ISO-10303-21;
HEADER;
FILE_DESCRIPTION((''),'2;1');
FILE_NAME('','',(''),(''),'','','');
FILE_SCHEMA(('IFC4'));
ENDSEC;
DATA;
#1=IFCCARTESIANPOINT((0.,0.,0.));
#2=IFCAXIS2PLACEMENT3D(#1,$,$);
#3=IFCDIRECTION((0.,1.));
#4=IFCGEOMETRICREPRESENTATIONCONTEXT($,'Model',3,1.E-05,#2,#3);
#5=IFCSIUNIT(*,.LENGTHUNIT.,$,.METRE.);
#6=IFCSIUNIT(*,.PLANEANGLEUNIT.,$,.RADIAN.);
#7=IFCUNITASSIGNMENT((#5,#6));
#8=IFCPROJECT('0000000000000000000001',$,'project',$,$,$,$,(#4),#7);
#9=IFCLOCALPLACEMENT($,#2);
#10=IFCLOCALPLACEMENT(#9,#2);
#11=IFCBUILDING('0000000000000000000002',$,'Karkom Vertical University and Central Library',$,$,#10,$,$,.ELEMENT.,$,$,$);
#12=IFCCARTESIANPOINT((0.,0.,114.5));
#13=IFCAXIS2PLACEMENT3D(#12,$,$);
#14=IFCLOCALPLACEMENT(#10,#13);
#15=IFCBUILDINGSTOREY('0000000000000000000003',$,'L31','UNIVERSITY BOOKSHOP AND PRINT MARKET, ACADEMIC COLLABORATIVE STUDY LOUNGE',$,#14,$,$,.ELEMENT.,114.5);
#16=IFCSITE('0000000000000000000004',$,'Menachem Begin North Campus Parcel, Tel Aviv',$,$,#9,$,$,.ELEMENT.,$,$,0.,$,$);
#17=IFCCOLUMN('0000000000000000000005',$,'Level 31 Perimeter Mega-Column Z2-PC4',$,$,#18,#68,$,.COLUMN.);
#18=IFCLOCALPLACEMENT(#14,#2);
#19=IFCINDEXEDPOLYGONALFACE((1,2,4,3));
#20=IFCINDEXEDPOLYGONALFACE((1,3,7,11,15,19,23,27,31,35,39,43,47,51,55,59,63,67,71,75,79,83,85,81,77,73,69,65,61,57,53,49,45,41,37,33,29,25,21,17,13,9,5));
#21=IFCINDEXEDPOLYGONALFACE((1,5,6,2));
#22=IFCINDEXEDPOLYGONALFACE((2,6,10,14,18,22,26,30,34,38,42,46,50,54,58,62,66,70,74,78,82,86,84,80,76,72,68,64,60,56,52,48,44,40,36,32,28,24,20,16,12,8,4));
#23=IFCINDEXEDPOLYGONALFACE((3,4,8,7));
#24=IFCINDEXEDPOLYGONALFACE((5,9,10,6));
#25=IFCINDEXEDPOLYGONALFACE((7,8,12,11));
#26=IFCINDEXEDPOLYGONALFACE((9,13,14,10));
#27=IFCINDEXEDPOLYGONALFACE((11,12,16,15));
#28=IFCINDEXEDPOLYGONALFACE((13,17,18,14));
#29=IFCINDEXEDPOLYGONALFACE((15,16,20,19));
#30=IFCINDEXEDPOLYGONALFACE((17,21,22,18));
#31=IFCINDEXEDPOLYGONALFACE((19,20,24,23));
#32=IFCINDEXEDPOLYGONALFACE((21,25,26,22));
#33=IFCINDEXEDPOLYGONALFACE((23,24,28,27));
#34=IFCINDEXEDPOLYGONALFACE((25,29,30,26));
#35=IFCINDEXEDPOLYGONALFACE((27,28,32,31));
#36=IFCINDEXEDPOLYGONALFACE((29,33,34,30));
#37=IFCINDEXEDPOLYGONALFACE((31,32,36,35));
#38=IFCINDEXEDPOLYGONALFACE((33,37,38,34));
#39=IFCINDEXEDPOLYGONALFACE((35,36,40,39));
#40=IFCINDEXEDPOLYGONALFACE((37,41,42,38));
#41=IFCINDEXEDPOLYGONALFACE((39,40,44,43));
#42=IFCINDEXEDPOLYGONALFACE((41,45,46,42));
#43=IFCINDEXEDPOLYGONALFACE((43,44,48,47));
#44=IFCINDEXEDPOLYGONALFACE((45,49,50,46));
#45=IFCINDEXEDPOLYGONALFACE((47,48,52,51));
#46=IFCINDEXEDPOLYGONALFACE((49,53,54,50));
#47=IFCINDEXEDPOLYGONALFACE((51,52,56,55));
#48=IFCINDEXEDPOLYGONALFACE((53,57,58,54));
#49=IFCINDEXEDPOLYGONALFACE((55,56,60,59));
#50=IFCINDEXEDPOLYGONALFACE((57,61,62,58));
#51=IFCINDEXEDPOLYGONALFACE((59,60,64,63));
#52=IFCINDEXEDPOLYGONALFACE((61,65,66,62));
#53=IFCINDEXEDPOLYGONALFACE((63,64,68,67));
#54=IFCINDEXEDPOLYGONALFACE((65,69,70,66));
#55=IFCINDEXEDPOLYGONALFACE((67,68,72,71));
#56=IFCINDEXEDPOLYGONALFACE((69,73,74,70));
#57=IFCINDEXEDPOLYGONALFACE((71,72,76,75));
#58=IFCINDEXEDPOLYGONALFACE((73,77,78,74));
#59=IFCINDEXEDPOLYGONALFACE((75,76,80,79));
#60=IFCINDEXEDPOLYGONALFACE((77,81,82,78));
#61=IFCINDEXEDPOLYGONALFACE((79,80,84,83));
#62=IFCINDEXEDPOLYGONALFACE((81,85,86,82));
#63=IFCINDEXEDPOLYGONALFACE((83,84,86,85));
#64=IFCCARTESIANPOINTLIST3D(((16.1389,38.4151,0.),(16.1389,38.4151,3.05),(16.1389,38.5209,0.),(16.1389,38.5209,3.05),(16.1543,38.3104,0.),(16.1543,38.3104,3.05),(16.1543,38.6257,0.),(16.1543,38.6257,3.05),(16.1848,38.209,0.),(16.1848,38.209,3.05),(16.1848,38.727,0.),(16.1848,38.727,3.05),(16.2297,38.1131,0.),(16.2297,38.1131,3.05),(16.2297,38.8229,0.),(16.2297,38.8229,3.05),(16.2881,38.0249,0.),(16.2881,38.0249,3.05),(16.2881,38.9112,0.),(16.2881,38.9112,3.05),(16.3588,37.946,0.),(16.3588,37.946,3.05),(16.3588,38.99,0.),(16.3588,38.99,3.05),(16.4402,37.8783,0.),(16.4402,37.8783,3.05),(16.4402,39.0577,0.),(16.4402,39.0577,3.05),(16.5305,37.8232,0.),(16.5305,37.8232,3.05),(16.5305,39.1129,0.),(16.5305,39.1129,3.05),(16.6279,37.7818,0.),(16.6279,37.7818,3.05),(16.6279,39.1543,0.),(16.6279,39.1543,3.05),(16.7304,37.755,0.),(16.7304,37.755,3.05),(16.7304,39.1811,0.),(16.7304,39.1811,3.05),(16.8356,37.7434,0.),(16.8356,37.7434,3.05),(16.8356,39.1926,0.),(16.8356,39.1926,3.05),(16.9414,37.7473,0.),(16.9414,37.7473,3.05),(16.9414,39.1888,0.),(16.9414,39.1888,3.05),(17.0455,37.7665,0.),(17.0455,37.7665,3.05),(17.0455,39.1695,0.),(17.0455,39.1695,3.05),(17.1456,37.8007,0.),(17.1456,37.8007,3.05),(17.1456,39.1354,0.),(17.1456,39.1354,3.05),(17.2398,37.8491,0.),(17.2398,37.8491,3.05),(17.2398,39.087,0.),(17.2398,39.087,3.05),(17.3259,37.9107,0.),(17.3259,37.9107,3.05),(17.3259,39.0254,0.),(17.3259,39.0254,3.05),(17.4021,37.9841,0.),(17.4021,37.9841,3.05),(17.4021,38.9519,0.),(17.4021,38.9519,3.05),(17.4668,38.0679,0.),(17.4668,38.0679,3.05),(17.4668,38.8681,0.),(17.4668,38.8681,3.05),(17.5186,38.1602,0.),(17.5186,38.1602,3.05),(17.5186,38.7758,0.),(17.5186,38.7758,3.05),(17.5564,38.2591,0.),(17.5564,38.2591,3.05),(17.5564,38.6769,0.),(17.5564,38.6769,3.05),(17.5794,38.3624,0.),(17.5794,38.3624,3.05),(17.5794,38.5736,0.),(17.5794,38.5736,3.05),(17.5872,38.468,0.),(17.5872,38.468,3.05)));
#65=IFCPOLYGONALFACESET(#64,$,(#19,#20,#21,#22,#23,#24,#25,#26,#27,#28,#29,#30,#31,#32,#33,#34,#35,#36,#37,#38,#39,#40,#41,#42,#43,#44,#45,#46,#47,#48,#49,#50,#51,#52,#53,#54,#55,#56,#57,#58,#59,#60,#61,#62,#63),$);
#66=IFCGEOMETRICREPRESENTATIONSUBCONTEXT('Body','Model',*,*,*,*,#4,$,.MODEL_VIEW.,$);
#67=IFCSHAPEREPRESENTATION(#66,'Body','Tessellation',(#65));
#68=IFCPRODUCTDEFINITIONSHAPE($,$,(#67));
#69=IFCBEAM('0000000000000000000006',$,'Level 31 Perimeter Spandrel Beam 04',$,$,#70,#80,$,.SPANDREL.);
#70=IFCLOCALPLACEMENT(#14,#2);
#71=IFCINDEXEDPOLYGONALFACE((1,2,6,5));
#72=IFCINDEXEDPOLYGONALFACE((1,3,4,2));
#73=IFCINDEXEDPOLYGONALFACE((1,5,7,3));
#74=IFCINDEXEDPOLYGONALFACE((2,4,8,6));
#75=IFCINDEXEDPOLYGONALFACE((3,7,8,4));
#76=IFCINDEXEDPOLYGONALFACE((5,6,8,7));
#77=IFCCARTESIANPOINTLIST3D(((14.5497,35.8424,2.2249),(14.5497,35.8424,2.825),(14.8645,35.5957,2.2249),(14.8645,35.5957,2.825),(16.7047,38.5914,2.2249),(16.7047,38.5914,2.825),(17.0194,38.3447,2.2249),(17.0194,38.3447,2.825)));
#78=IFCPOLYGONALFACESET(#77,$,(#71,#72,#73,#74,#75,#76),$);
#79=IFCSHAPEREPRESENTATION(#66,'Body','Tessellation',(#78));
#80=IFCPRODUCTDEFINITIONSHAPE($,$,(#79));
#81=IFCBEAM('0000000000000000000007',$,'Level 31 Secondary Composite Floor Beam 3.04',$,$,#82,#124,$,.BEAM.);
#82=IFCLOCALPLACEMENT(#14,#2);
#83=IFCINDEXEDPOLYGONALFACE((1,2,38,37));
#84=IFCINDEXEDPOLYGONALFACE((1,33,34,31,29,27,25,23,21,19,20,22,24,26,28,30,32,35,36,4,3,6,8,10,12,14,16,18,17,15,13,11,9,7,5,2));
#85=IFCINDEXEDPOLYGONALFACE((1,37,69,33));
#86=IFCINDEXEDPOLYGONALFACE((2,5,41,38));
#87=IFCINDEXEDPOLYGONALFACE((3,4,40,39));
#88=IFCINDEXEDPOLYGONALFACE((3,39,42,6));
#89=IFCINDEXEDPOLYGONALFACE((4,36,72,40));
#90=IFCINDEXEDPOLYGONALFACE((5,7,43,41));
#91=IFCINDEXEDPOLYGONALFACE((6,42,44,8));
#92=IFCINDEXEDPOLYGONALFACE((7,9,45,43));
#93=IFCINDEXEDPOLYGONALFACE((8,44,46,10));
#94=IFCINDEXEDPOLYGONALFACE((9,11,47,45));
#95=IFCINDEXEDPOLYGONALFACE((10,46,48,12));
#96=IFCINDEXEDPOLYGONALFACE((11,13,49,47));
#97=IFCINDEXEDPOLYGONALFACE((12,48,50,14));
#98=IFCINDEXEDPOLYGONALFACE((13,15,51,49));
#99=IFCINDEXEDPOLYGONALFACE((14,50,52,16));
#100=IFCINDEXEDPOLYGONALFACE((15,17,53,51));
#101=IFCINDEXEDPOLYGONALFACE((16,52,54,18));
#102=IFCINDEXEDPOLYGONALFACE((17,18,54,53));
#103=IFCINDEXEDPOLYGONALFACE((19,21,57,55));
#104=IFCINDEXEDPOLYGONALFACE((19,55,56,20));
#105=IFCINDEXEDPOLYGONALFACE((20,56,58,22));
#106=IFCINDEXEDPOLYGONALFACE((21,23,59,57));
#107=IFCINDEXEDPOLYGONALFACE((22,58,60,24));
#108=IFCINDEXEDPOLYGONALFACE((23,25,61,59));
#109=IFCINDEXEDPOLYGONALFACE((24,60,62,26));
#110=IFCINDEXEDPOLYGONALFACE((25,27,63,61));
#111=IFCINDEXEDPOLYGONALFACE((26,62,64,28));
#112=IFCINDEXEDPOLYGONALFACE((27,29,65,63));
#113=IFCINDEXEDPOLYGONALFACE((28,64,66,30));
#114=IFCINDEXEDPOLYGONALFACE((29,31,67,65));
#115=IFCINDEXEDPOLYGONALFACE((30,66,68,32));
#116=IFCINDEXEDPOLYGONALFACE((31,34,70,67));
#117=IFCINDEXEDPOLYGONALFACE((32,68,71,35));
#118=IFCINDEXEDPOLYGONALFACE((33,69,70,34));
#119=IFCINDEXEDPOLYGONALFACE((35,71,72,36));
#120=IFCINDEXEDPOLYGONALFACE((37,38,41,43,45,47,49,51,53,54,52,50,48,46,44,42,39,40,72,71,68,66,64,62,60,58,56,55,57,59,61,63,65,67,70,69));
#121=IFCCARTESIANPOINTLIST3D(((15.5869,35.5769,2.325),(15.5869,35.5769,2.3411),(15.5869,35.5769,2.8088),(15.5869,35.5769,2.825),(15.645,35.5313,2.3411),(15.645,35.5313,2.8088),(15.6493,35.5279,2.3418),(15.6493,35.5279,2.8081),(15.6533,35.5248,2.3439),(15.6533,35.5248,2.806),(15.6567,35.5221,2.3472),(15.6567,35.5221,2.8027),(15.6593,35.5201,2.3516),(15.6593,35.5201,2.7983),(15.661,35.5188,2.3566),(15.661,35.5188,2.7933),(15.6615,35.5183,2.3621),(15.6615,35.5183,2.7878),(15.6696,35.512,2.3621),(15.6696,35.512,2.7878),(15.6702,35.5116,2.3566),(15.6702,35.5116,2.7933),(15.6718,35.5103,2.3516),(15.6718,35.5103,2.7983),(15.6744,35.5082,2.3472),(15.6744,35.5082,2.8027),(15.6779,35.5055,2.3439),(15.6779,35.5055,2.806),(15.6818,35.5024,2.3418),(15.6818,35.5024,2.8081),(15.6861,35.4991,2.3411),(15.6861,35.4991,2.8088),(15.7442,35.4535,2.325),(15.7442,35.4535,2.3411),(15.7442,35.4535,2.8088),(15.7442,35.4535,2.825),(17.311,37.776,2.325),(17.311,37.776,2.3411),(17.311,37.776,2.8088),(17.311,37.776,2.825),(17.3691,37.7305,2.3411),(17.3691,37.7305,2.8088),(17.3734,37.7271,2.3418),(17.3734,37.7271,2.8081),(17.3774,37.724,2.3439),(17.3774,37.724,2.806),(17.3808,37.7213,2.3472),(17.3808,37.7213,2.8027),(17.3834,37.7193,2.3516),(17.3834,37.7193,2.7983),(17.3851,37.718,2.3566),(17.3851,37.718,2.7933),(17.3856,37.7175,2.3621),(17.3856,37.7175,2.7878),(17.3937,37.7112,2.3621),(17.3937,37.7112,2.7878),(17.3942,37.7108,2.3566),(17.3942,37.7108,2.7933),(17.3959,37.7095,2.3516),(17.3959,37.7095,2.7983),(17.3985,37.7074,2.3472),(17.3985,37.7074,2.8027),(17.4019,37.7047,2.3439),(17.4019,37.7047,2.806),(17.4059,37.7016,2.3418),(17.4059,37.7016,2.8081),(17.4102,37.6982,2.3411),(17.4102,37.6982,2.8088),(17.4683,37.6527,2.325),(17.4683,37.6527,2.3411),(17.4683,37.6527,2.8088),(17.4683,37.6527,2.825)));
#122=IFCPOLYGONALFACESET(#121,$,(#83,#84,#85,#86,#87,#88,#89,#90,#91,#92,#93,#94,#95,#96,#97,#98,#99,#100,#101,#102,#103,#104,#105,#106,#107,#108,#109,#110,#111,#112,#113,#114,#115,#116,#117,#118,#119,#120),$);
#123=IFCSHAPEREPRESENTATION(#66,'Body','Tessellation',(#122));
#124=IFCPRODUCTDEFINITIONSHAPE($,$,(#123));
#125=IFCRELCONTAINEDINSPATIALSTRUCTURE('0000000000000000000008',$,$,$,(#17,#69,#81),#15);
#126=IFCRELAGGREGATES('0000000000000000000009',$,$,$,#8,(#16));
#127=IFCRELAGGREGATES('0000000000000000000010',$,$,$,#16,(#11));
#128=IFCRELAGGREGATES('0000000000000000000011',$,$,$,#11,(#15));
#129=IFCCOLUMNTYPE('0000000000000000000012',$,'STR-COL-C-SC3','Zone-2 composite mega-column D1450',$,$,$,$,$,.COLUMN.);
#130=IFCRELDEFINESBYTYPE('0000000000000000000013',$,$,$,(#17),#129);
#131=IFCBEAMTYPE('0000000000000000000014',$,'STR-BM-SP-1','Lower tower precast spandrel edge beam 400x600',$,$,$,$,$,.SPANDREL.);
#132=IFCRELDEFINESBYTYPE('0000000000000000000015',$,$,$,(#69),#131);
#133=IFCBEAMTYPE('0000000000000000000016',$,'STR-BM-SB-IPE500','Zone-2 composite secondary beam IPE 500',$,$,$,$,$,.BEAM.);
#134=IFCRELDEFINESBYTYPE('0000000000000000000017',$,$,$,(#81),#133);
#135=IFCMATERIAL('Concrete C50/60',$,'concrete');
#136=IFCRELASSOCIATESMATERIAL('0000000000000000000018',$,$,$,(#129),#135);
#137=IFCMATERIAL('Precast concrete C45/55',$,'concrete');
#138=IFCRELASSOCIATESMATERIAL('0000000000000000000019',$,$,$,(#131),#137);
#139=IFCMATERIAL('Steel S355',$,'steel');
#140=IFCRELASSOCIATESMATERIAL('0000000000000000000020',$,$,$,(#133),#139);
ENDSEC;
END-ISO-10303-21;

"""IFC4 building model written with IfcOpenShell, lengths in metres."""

from ifc_helpers import new_model, si_unit, direction, frame, origin, origin_with_axes, origin_2d, place, context, subcontext, project, spatial, rectangle, circle, i_section, extrude, source, transform, mapped, material, material_profile, profile_set, type_object, element, save


model = new_model("IFC4")

# Units and contexts
model_context = context("Model", 3, precision=1e-05, world=origin(), true_north=direction((0.0, 1.0)))
body_context = subcontext(model_context, "Body", "Model", "MODEL_VIEW")
ifc_project = project(units=[si_unit("LENGTHUNIT", "METRE"), si_unit("PLANEANGLEUNIT", "RADIAN")], contexts=[model_context])

# Site, building, storey
site_placement = place(None, origin())
site = spatial("IfcSite", under=ifc_project, at=site_placement, Name="Menachem Begin North Campus Parcel, Tel Aviv", CompositionType="ELEMENT", RefElevation=0.0)
building_placement = place(site_placement, origin())
building = spatial("IfcBuilding", under=site, at=building_placement, Name="Karkom Vertical University and Central Library", CompositionType="ELEMENT")
storey_placement = place(building_placement, frame((0.0, 0.0, 114.5)))
storey = spatial("IfcBuildingStorey", under=building, at=storey_placement, Name="L31", Description="UNIVERSITY BOOKSHOP AND PRINT MARKET, ACADEMIC COLLABORATIVE STUDY LOUNGE", CompositionType="ELEMENT", Elevation=114.5)

# Column
ifc_material_1 = material(Name="Concrete C50/60", Category="concrete")
ifc_material_profile_1 = material_profile(ifc_material_1, circle(Radius=0.7251, at=origin_2d()), Name="CFT-D1450")
ifc_profile_set_1 = profile_set([ifc_material_profile_1], Name="Concrete C50/60")
column_type = type_object("IfcColumnType", Name="STR-COL-C-SC3", Description="Zone-2 composite mega-column D1450", PredefinedType="COLUMN", material=ifc_profile_set_1)
shared_shape_1 = source(origin_with_axes(), body_context, "Body", "SweptSolid", [
    extrude(circle(Radius=0.7251, at=origin_2d()), origin(), (0.0, 0.0, 1.0), 3.05),
])
column_placement = place(storey_placement, frame((16.8621, 38.468, 0.0), z_axis=(0.0, 0.0, 1.0), x_axis=(1.0, 0.0, 0.0)))
element("IfcColumn", 1, at=column_placement, inside=storey, type_object=column_type, Name="Level 31 Perimeter Mega-Column Z2-PC4", PredefinedType="COLUMN", context=body_context, shape_type="MappedRepresentation", body=[
    mapped(shared_shape_1, transform((0.0, 0.0, 0.0), scale=1.0)),
])

# Beams
ifc_material_2 = material(Name="Precast concrete C45/55", Category="concrete")
ifc_material_profile_2 = material_profile(ifc_material_2, rectangle(XDim=0.3999, YDim=0.6001, at=origin_2d()), Name="SPB-400x600")
ifc_profile_set_2 = profile_set([ifc_material_profile_2], Name="Precast concrete C45/55")
beam_type_1 = type_object("IfcBeamType", Name="STR-BM-SP-1", Description="Lower tower precast spandrel edge beam 400x600", PredefinedType="SPANDREL", material=ifc_profile_set_2)
shared_shape_2 = source(origin_with_axes(), body_context, "Body", "SweptSolid", [
    extrude(rectangle(XDim=0.3999, YDim=0.6001, at=origin_2d()), origin(), (0.0, 0.0, 1.0), 3.4929),
])
beam_1_placement = place(storey_placement, frame((16.8621, 38.468, 2.5249), z_axis=(-0.616951, -0.787002, 0.0), x_axis=(0.787002, -0.616951, 0.0)))
element("IfcBeam", 2, at=beam_1_placement, inside=storey, type_object=beam_type_1, Name="Level 31 Perimeter Spandrel Beam 04", PredefinedType="SPANDREL", context=body_context, shape_type="MappedRepresentation", body=[
    mapped(shared_shape_2, transform((0.0, 0.0, 0.0), scale=1.0)),
])
ifc_material_3 = material(Name="Steel S355", Category="steel")
ifc_material_profile_3 = material_profile(ifc_material_3, i_section(OverallWidth=0.2, OverallDepth=0.5, WebThickness=0.0103, FlangeThickness=0.0161, FilletRadius=0.021, at=origin_2d()), Name="IPE 500")
ifc_profile_set_3 = profile_set([ifc_material_profile_3], Name="Steel S355")
beam_type_2 = type_object("IfcBeamType", Name="STR-BM-SB-IPE500", Description="Zone-2 composite secondary beam IPE 500", PredefinedType="BEAM", material=ifc_profile_set_3)
shared_shape_3 = source(origin_with_axes(), body_context, "Body", "SweptSolid", [
    extrude(i_section(OverallWidth=0.2, OverallDepth=0.5, WebThickness=0.0103, FlangeThickness=0.0161, FilletRadius=0.021, at=origin_2d()), origin(), (0.0, 0.0, 1.0), 2.7944),
])
beam_2_placement = place(storey_placement, frame((17.3896, 37.7144, 2.575), z_axis=(-0.616972, -0.786985, 0.0), x_axis=(0.786985, -0.616972, 0.0)))
element("IfcBeam", 3, at=beam_2_placement, inside=storey, type_object=beam_type_2, Name="Level 31 Secondary Composite Floor Beam 3.04", PredefinedType="BEAM", context=body_context, shape_type="MappedRepresentation", body=[
    mapped(shared_shape_3, transform((0.0, 0.0, 0.0), scale=1.0)),
])

save(model, "model.ifc")
